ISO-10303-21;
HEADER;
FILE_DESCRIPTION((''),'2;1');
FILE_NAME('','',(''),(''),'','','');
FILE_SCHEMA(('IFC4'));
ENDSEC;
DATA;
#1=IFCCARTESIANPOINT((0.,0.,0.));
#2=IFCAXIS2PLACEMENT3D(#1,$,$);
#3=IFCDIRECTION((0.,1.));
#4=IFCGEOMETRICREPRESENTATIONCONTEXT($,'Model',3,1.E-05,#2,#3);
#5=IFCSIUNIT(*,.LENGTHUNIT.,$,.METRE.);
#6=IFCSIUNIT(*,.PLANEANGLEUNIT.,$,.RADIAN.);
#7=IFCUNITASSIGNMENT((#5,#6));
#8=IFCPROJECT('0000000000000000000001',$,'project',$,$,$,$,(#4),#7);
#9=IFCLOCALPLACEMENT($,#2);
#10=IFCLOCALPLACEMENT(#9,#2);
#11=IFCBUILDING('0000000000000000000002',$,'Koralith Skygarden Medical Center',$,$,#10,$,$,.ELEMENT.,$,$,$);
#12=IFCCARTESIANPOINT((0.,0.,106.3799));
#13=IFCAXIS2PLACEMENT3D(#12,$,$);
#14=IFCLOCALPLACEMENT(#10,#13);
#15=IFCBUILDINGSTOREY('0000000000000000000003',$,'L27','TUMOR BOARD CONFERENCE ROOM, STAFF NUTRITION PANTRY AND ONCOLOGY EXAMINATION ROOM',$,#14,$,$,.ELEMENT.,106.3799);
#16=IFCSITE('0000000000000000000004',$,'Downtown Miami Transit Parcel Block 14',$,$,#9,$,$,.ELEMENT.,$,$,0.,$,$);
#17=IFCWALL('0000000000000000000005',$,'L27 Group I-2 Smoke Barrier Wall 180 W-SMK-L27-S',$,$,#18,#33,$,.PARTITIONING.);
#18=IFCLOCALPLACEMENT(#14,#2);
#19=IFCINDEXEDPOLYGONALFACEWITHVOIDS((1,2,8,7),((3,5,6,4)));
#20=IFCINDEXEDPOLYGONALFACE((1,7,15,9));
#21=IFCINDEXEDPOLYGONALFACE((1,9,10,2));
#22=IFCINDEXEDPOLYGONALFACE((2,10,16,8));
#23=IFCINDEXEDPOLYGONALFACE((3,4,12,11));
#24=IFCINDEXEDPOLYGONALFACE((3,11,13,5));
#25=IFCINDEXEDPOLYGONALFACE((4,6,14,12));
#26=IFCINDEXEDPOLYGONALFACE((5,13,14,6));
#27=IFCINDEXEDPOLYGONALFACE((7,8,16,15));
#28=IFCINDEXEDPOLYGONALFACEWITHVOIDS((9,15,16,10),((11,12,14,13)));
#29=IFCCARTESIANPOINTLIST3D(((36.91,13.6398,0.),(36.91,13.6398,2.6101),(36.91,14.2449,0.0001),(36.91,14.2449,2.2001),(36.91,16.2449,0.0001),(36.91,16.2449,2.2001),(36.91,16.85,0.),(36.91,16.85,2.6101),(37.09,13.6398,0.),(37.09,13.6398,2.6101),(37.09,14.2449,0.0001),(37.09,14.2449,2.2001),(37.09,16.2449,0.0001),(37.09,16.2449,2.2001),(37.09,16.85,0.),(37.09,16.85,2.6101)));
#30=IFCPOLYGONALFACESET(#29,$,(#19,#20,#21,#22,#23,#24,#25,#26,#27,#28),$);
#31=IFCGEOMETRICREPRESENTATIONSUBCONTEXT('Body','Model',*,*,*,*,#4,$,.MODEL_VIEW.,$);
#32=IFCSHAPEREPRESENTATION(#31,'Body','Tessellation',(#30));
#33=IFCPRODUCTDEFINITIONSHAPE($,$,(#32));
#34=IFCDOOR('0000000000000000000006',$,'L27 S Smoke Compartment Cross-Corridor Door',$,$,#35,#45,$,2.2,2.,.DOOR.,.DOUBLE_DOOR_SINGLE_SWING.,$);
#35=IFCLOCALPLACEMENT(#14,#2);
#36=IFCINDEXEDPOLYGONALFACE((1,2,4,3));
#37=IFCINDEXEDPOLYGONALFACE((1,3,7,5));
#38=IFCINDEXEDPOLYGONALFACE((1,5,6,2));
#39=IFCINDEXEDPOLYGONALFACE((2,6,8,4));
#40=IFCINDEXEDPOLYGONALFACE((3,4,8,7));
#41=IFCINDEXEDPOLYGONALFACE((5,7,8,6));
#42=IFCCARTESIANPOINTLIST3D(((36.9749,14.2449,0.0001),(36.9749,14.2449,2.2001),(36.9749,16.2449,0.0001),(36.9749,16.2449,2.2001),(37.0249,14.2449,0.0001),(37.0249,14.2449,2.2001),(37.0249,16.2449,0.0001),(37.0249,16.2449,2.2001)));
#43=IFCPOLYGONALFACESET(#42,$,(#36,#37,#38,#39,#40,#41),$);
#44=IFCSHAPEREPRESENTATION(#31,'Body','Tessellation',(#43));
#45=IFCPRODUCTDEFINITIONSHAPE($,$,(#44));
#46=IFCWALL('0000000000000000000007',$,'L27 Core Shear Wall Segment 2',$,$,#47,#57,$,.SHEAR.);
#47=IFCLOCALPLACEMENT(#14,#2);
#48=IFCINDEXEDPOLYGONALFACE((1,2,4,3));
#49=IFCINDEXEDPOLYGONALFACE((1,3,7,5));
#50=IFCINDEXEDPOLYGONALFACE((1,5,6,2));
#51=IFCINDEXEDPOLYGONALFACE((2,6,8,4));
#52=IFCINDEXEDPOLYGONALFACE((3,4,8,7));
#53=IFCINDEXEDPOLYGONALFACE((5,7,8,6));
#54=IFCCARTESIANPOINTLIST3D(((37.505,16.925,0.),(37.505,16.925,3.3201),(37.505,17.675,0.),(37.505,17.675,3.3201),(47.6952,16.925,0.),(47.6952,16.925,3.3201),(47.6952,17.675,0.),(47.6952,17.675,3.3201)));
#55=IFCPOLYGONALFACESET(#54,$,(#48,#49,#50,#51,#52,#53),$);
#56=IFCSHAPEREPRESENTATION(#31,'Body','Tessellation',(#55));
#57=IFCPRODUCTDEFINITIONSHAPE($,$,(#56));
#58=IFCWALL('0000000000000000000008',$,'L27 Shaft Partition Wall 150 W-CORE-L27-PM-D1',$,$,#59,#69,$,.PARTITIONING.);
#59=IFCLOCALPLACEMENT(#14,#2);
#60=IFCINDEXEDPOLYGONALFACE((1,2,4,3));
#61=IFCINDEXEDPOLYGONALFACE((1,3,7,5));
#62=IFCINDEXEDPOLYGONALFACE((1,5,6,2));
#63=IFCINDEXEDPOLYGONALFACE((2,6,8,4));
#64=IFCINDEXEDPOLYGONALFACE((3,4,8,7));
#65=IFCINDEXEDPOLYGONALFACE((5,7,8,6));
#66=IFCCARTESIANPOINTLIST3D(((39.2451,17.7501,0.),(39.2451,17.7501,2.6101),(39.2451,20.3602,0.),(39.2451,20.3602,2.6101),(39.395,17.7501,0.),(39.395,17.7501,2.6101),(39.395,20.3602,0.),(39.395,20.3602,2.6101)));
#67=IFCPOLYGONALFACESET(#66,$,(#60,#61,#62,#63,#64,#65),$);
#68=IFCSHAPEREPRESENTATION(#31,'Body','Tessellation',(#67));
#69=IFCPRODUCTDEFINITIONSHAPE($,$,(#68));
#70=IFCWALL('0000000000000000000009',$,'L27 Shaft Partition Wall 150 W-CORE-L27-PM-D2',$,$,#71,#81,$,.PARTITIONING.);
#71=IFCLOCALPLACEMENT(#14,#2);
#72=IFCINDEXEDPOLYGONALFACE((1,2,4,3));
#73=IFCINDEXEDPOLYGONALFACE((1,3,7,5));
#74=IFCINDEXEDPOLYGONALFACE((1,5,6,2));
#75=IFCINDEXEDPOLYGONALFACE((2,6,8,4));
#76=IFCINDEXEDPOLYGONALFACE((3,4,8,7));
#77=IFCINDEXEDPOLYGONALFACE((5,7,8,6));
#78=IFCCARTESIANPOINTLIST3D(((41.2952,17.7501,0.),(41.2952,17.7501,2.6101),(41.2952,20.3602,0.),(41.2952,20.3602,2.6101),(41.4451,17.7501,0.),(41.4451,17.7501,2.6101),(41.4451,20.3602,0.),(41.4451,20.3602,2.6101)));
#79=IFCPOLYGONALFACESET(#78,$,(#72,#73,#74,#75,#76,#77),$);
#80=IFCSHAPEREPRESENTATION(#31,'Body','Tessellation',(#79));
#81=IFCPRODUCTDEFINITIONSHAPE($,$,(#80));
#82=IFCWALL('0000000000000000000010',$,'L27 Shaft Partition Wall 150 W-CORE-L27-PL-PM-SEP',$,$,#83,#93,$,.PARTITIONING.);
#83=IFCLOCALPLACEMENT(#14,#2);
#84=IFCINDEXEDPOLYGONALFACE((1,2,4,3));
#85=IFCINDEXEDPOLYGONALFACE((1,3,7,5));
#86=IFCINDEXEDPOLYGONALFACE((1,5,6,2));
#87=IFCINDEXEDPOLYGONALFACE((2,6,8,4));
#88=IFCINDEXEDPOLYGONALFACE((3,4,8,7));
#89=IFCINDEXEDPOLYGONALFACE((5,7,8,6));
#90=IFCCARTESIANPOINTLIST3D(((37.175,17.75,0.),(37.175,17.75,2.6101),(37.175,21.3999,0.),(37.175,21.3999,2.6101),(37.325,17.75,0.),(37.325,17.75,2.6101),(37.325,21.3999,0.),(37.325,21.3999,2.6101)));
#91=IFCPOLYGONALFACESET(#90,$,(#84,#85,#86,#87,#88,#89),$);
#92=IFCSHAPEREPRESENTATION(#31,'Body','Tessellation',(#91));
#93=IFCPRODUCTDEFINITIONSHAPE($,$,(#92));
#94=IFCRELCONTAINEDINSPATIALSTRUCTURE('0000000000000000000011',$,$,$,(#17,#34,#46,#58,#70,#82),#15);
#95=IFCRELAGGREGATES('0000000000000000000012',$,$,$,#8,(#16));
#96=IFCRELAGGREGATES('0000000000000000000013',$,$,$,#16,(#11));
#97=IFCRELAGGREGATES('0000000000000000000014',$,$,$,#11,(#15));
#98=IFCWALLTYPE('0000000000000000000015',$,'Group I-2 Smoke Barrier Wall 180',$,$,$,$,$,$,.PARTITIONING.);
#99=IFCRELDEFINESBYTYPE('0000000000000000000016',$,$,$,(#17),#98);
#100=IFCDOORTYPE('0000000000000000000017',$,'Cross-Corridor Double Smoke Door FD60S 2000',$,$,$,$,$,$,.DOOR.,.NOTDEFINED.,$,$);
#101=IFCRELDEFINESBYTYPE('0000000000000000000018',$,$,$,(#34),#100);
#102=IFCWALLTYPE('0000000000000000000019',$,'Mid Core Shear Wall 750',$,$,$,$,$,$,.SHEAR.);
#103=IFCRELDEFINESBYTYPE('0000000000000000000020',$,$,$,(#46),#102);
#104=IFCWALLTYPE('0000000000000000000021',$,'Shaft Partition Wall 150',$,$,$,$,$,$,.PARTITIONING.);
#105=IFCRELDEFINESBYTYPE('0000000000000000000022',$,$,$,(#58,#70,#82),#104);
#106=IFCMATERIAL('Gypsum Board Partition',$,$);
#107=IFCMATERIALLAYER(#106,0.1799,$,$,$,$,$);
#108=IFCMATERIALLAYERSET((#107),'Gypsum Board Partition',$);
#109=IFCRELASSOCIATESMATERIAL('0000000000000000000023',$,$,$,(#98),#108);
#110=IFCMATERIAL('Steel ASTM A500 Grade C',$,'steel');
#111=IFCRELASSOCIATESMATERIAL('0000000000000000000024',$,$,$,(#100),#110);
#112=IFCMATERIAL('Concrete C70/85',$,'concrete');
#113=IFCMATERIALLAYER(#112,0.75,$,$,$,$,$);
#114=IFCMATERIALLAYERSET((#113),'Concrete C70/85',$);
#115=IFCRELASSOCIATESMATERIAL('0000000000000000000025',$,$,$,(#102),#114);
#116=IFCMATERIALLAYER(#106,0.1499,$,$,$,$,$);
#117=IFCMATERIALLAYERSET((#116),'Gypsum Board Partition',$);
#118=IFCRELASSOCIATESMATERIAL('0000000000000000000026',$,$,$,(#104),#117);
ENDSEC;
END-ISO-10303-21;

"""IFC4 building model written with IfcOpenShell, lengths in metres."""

from ifc_helpers import new_model, si_unit, direction, frame, frame_2d, origin, place, context, subcontext, project, spatial, rectangle, extrude, material, layer, layer_set, type_object, element, fill, save


model = new_model("IFC4")

# Units and contexts
model_context = context("Model", 3, precision=1e-05, world=origin(), true_north=direction((0.0, 1.0)))
body_context = subcontext(model_context, "Body", "Model", "MODEL_VIEW")
ifc_project = project(units=[si_unit("LENGTHUNIT", "METRE"), si_unit("PLANEANGLEUNIT", "RADIAN")], contexts=[model_context])

# Site, building, storey
site_placement = place(None, origin())
site = spatial("IfcSite", under=ifc_project, at=site_placement, Name="Downtown Miami Transit Parcel Block 14", CompositionType="ELEMENT", RefElevation=0.0)
building_placement = place(site_placement, origin())
building = spatial("IfcBuilding", under=site, at=building_placement, Name="Koralith Skygarden Medical Center", CompositionType="ELEMENT")
storey_placement = place(building_placement, frame((0.0, 0.0, 106.3799)))
storey = spatial("IfcBuildingStorey", under=building, at=storey_placement, Name="L27", Description="TUMOR BOARD CONFERENCE ROOM, STAFF NUTRITION PANTRY AND ONCOLOGY EXAMINATION ROOM", CompositionType="ELEMENT", Elevation=106.3799)

# Shared definitions
ifc_material_1 = material(Name="Concrete C70/85", Category="concrete")

# Shared definitions
ifc_material_2 = material(Name="Gypsum Board Partition")

# Wall, opening, door
ifc_layer_1 = layer(ifc_material_2, 0.1799)
ifc_layer_set_1 = layer_set([ifc_layer_1], Name="Gypsum Board Partition")
wall_type_1 = type_object("IfcWallType", Name="Group I-2 Smoke Barrier Wall 180", PredefinedType="PARTITIONING", material=ifc_layer_set_1)
wall_1_placement = place(storey_placement, frame((37.0, 13.6399, 0.0), z_axis=(0.0, 0.0, 1.0), x_axis=(0.0, 1.0, 0.0)))
wall_1 = element("IfcWall", 1, at=wall_1_placement, inside=storey, type_object=wall_type_1, Name="L27 Group I-2 Smoke Barrier Wall 180 W-SMK-L27-S", PredefinedType="PARTITIONING", context=body_context, shape_type="SweptSolid", body=[
    extrude(rectangle(XDim=3.2102, YDim=0.1799, at=frame_2d((1.605, 0.0))), origin(), (0.0, 0.0, 1.0), 2.6101),
])
opening_1_placement = place(wall_1_placement, frame((0.605, 0.0, 0.0)))
opening_1 = element("IfcOpeningElement", 2, at=opening_1_placement, cuts=wall_1, PredefinedType="OPENING", context=body_context, shape_type="SweptSolid", body=[
    extrude(rectangle(XDim=2.0, YDim=2.2, at=frame_2d((1.0, 1.1001))), frame((0.0, 0.0999, 0.0), z_axis=(0.0, -1.0, 0.0), x_axis=(1.0, 0.0, 0.0)), (0.0, 0.0, 1.0), 0.2),
])
ifc_material_3 = material(Name="Steel ASTM A500 Grade C", Category="steel")
door_type_1 = type_object("IfcDoorType", Name="Cross-Corridor Double Smoke Door FD60S 2000", OperationType="NOTDEFINED", PredefinedType="DOOR", material=ifc_material_3)
door_1_placement = place(opening_1_placement, frame((2.0, 0.0, 0.0), z_axis=(0.0, 0.0, 1.0), x_axis=(-1.0, 0.0, 0.0)))
door_1 = element("IfcDoor", 3, at=door_1_placement, inside=storey, type_object=door_type_1, Name="L27 S Smoke Compartment Cross-Corridor Door", OperationType="DOUBLE_DOOR_SINGLE_SWING", OverallHeight=2.2, OverallWidth=2.0, PredefinedType="DOOR", context=body_context, shape_type="SweptSolid", body=[
    extrude(rectangle(XDim=2.0, YDim=2.2, at=frame_2d((1.0, 1.1001))), frame((0.0, 0.0249, 0.0), z_axis=(0.0, -1.0, 0.0), x_axis=(1.0, 0.0, 0.0)), (0.0, 0.0, 1.0), 0.05),
])
fill(opening_1, door_1)

# Walls
ifc_layer_2 = layer(ifc_material_1, 0.75)
ifc_layer_set_2 = layer_set([ifc_layer_2], Name="Concrete C70/85")
wall_type_2 = type_object("IfcWallType", Name="Mid Core Shear Wall 750", PredefinedType="SHEAR", material=ifc_layer_set_2)
wall_2_placement = place(storey_placement, frame((37.5049, 17.3, 0.0), z_axis=(0.0, 0.0, 1.0), x_axis=(1.0, 0.0, 0.0)))
element("IfcWall", 4, at=wall_2_placement, inside=storey, type_object=wall_type_2, Name="L27 Core Shear Wall Segment 2", PredefinedType="SHEAR", context=body_context, shape_type="SweptSolid", body=[
    extrude(rectangle(XDim=10.1902, YDim=0.75, at=frame_2d((5.0952, 0.0))), origin(), (0.0, 0.0, 1.0), 3.3201),
])
ifc_layer_3 = layer(ifc_material_2, 0.1499)
ifc_layer_set_3 = layer_set([ifc_layer_3], Name="Gypsum Board Partition")
wall_type_3 = type_object("IfcWallType", Name="Shaft Partition Wall 150", PredefinedType="PARTITIONING", material=ifc_layer_set_3)
for number, where, z_axis, x_axis, name in (
    (5, (39.3201, 17.75, 0.0), (0.0, 0.0, 1.0), (0.0, 1.0, 0.0), "L27 Shaft Partition Wall 150 W-CORE-L27-PM-D1"),
    (6, (41.3701, 17.75, 0.0), (0.0, 0.0, 1.0), (0.0, 1.0, 0.0), "L27 Shaft Partition Wall 150 W-CORE-L27-PM-D2"),
):
    element("IfcWall", number, at=place(storey_placement, frame(where, z_axis=z_axis, x_axis=x_axis)), inside=storey, type_object=wall_type_3, Name=name, PredefinedType="PARTITIONING", context=body_context, shape_type="SweptSolid", body=[
        extrude(rectangle(XDim=2.6101, YDim=0.1499, at=frame_2d((1.3052, 0.0))), origin(), (0.0, 0.0, 1.0), 2.6101),
    ])
wall_3_placement = place(storey_placement, frame((37.25, 17.75, 0.0), z_axis=(0.0, 0.0, 1.0), x_axis=(0.0, 1.0, 0.0)))
element("IfcWall", 7, at=wall_3_placement, inside=storey, type_object=wall_type_3, Name="L27 Shaft Partition Wall 150 W-CORE-L27-PL-PM-SEP", PredefinedType="PARTITIONING", context=body_context, shape_type="SweptSolid", body=[
    extrude(rectangle(XDim=3.6499, YDim=0.1499, at=frame_2d((1.825, 0.0))), origin(), (0.0, 0.0, 1.0), 2.6101),
])

save(model, "model.ifc")
